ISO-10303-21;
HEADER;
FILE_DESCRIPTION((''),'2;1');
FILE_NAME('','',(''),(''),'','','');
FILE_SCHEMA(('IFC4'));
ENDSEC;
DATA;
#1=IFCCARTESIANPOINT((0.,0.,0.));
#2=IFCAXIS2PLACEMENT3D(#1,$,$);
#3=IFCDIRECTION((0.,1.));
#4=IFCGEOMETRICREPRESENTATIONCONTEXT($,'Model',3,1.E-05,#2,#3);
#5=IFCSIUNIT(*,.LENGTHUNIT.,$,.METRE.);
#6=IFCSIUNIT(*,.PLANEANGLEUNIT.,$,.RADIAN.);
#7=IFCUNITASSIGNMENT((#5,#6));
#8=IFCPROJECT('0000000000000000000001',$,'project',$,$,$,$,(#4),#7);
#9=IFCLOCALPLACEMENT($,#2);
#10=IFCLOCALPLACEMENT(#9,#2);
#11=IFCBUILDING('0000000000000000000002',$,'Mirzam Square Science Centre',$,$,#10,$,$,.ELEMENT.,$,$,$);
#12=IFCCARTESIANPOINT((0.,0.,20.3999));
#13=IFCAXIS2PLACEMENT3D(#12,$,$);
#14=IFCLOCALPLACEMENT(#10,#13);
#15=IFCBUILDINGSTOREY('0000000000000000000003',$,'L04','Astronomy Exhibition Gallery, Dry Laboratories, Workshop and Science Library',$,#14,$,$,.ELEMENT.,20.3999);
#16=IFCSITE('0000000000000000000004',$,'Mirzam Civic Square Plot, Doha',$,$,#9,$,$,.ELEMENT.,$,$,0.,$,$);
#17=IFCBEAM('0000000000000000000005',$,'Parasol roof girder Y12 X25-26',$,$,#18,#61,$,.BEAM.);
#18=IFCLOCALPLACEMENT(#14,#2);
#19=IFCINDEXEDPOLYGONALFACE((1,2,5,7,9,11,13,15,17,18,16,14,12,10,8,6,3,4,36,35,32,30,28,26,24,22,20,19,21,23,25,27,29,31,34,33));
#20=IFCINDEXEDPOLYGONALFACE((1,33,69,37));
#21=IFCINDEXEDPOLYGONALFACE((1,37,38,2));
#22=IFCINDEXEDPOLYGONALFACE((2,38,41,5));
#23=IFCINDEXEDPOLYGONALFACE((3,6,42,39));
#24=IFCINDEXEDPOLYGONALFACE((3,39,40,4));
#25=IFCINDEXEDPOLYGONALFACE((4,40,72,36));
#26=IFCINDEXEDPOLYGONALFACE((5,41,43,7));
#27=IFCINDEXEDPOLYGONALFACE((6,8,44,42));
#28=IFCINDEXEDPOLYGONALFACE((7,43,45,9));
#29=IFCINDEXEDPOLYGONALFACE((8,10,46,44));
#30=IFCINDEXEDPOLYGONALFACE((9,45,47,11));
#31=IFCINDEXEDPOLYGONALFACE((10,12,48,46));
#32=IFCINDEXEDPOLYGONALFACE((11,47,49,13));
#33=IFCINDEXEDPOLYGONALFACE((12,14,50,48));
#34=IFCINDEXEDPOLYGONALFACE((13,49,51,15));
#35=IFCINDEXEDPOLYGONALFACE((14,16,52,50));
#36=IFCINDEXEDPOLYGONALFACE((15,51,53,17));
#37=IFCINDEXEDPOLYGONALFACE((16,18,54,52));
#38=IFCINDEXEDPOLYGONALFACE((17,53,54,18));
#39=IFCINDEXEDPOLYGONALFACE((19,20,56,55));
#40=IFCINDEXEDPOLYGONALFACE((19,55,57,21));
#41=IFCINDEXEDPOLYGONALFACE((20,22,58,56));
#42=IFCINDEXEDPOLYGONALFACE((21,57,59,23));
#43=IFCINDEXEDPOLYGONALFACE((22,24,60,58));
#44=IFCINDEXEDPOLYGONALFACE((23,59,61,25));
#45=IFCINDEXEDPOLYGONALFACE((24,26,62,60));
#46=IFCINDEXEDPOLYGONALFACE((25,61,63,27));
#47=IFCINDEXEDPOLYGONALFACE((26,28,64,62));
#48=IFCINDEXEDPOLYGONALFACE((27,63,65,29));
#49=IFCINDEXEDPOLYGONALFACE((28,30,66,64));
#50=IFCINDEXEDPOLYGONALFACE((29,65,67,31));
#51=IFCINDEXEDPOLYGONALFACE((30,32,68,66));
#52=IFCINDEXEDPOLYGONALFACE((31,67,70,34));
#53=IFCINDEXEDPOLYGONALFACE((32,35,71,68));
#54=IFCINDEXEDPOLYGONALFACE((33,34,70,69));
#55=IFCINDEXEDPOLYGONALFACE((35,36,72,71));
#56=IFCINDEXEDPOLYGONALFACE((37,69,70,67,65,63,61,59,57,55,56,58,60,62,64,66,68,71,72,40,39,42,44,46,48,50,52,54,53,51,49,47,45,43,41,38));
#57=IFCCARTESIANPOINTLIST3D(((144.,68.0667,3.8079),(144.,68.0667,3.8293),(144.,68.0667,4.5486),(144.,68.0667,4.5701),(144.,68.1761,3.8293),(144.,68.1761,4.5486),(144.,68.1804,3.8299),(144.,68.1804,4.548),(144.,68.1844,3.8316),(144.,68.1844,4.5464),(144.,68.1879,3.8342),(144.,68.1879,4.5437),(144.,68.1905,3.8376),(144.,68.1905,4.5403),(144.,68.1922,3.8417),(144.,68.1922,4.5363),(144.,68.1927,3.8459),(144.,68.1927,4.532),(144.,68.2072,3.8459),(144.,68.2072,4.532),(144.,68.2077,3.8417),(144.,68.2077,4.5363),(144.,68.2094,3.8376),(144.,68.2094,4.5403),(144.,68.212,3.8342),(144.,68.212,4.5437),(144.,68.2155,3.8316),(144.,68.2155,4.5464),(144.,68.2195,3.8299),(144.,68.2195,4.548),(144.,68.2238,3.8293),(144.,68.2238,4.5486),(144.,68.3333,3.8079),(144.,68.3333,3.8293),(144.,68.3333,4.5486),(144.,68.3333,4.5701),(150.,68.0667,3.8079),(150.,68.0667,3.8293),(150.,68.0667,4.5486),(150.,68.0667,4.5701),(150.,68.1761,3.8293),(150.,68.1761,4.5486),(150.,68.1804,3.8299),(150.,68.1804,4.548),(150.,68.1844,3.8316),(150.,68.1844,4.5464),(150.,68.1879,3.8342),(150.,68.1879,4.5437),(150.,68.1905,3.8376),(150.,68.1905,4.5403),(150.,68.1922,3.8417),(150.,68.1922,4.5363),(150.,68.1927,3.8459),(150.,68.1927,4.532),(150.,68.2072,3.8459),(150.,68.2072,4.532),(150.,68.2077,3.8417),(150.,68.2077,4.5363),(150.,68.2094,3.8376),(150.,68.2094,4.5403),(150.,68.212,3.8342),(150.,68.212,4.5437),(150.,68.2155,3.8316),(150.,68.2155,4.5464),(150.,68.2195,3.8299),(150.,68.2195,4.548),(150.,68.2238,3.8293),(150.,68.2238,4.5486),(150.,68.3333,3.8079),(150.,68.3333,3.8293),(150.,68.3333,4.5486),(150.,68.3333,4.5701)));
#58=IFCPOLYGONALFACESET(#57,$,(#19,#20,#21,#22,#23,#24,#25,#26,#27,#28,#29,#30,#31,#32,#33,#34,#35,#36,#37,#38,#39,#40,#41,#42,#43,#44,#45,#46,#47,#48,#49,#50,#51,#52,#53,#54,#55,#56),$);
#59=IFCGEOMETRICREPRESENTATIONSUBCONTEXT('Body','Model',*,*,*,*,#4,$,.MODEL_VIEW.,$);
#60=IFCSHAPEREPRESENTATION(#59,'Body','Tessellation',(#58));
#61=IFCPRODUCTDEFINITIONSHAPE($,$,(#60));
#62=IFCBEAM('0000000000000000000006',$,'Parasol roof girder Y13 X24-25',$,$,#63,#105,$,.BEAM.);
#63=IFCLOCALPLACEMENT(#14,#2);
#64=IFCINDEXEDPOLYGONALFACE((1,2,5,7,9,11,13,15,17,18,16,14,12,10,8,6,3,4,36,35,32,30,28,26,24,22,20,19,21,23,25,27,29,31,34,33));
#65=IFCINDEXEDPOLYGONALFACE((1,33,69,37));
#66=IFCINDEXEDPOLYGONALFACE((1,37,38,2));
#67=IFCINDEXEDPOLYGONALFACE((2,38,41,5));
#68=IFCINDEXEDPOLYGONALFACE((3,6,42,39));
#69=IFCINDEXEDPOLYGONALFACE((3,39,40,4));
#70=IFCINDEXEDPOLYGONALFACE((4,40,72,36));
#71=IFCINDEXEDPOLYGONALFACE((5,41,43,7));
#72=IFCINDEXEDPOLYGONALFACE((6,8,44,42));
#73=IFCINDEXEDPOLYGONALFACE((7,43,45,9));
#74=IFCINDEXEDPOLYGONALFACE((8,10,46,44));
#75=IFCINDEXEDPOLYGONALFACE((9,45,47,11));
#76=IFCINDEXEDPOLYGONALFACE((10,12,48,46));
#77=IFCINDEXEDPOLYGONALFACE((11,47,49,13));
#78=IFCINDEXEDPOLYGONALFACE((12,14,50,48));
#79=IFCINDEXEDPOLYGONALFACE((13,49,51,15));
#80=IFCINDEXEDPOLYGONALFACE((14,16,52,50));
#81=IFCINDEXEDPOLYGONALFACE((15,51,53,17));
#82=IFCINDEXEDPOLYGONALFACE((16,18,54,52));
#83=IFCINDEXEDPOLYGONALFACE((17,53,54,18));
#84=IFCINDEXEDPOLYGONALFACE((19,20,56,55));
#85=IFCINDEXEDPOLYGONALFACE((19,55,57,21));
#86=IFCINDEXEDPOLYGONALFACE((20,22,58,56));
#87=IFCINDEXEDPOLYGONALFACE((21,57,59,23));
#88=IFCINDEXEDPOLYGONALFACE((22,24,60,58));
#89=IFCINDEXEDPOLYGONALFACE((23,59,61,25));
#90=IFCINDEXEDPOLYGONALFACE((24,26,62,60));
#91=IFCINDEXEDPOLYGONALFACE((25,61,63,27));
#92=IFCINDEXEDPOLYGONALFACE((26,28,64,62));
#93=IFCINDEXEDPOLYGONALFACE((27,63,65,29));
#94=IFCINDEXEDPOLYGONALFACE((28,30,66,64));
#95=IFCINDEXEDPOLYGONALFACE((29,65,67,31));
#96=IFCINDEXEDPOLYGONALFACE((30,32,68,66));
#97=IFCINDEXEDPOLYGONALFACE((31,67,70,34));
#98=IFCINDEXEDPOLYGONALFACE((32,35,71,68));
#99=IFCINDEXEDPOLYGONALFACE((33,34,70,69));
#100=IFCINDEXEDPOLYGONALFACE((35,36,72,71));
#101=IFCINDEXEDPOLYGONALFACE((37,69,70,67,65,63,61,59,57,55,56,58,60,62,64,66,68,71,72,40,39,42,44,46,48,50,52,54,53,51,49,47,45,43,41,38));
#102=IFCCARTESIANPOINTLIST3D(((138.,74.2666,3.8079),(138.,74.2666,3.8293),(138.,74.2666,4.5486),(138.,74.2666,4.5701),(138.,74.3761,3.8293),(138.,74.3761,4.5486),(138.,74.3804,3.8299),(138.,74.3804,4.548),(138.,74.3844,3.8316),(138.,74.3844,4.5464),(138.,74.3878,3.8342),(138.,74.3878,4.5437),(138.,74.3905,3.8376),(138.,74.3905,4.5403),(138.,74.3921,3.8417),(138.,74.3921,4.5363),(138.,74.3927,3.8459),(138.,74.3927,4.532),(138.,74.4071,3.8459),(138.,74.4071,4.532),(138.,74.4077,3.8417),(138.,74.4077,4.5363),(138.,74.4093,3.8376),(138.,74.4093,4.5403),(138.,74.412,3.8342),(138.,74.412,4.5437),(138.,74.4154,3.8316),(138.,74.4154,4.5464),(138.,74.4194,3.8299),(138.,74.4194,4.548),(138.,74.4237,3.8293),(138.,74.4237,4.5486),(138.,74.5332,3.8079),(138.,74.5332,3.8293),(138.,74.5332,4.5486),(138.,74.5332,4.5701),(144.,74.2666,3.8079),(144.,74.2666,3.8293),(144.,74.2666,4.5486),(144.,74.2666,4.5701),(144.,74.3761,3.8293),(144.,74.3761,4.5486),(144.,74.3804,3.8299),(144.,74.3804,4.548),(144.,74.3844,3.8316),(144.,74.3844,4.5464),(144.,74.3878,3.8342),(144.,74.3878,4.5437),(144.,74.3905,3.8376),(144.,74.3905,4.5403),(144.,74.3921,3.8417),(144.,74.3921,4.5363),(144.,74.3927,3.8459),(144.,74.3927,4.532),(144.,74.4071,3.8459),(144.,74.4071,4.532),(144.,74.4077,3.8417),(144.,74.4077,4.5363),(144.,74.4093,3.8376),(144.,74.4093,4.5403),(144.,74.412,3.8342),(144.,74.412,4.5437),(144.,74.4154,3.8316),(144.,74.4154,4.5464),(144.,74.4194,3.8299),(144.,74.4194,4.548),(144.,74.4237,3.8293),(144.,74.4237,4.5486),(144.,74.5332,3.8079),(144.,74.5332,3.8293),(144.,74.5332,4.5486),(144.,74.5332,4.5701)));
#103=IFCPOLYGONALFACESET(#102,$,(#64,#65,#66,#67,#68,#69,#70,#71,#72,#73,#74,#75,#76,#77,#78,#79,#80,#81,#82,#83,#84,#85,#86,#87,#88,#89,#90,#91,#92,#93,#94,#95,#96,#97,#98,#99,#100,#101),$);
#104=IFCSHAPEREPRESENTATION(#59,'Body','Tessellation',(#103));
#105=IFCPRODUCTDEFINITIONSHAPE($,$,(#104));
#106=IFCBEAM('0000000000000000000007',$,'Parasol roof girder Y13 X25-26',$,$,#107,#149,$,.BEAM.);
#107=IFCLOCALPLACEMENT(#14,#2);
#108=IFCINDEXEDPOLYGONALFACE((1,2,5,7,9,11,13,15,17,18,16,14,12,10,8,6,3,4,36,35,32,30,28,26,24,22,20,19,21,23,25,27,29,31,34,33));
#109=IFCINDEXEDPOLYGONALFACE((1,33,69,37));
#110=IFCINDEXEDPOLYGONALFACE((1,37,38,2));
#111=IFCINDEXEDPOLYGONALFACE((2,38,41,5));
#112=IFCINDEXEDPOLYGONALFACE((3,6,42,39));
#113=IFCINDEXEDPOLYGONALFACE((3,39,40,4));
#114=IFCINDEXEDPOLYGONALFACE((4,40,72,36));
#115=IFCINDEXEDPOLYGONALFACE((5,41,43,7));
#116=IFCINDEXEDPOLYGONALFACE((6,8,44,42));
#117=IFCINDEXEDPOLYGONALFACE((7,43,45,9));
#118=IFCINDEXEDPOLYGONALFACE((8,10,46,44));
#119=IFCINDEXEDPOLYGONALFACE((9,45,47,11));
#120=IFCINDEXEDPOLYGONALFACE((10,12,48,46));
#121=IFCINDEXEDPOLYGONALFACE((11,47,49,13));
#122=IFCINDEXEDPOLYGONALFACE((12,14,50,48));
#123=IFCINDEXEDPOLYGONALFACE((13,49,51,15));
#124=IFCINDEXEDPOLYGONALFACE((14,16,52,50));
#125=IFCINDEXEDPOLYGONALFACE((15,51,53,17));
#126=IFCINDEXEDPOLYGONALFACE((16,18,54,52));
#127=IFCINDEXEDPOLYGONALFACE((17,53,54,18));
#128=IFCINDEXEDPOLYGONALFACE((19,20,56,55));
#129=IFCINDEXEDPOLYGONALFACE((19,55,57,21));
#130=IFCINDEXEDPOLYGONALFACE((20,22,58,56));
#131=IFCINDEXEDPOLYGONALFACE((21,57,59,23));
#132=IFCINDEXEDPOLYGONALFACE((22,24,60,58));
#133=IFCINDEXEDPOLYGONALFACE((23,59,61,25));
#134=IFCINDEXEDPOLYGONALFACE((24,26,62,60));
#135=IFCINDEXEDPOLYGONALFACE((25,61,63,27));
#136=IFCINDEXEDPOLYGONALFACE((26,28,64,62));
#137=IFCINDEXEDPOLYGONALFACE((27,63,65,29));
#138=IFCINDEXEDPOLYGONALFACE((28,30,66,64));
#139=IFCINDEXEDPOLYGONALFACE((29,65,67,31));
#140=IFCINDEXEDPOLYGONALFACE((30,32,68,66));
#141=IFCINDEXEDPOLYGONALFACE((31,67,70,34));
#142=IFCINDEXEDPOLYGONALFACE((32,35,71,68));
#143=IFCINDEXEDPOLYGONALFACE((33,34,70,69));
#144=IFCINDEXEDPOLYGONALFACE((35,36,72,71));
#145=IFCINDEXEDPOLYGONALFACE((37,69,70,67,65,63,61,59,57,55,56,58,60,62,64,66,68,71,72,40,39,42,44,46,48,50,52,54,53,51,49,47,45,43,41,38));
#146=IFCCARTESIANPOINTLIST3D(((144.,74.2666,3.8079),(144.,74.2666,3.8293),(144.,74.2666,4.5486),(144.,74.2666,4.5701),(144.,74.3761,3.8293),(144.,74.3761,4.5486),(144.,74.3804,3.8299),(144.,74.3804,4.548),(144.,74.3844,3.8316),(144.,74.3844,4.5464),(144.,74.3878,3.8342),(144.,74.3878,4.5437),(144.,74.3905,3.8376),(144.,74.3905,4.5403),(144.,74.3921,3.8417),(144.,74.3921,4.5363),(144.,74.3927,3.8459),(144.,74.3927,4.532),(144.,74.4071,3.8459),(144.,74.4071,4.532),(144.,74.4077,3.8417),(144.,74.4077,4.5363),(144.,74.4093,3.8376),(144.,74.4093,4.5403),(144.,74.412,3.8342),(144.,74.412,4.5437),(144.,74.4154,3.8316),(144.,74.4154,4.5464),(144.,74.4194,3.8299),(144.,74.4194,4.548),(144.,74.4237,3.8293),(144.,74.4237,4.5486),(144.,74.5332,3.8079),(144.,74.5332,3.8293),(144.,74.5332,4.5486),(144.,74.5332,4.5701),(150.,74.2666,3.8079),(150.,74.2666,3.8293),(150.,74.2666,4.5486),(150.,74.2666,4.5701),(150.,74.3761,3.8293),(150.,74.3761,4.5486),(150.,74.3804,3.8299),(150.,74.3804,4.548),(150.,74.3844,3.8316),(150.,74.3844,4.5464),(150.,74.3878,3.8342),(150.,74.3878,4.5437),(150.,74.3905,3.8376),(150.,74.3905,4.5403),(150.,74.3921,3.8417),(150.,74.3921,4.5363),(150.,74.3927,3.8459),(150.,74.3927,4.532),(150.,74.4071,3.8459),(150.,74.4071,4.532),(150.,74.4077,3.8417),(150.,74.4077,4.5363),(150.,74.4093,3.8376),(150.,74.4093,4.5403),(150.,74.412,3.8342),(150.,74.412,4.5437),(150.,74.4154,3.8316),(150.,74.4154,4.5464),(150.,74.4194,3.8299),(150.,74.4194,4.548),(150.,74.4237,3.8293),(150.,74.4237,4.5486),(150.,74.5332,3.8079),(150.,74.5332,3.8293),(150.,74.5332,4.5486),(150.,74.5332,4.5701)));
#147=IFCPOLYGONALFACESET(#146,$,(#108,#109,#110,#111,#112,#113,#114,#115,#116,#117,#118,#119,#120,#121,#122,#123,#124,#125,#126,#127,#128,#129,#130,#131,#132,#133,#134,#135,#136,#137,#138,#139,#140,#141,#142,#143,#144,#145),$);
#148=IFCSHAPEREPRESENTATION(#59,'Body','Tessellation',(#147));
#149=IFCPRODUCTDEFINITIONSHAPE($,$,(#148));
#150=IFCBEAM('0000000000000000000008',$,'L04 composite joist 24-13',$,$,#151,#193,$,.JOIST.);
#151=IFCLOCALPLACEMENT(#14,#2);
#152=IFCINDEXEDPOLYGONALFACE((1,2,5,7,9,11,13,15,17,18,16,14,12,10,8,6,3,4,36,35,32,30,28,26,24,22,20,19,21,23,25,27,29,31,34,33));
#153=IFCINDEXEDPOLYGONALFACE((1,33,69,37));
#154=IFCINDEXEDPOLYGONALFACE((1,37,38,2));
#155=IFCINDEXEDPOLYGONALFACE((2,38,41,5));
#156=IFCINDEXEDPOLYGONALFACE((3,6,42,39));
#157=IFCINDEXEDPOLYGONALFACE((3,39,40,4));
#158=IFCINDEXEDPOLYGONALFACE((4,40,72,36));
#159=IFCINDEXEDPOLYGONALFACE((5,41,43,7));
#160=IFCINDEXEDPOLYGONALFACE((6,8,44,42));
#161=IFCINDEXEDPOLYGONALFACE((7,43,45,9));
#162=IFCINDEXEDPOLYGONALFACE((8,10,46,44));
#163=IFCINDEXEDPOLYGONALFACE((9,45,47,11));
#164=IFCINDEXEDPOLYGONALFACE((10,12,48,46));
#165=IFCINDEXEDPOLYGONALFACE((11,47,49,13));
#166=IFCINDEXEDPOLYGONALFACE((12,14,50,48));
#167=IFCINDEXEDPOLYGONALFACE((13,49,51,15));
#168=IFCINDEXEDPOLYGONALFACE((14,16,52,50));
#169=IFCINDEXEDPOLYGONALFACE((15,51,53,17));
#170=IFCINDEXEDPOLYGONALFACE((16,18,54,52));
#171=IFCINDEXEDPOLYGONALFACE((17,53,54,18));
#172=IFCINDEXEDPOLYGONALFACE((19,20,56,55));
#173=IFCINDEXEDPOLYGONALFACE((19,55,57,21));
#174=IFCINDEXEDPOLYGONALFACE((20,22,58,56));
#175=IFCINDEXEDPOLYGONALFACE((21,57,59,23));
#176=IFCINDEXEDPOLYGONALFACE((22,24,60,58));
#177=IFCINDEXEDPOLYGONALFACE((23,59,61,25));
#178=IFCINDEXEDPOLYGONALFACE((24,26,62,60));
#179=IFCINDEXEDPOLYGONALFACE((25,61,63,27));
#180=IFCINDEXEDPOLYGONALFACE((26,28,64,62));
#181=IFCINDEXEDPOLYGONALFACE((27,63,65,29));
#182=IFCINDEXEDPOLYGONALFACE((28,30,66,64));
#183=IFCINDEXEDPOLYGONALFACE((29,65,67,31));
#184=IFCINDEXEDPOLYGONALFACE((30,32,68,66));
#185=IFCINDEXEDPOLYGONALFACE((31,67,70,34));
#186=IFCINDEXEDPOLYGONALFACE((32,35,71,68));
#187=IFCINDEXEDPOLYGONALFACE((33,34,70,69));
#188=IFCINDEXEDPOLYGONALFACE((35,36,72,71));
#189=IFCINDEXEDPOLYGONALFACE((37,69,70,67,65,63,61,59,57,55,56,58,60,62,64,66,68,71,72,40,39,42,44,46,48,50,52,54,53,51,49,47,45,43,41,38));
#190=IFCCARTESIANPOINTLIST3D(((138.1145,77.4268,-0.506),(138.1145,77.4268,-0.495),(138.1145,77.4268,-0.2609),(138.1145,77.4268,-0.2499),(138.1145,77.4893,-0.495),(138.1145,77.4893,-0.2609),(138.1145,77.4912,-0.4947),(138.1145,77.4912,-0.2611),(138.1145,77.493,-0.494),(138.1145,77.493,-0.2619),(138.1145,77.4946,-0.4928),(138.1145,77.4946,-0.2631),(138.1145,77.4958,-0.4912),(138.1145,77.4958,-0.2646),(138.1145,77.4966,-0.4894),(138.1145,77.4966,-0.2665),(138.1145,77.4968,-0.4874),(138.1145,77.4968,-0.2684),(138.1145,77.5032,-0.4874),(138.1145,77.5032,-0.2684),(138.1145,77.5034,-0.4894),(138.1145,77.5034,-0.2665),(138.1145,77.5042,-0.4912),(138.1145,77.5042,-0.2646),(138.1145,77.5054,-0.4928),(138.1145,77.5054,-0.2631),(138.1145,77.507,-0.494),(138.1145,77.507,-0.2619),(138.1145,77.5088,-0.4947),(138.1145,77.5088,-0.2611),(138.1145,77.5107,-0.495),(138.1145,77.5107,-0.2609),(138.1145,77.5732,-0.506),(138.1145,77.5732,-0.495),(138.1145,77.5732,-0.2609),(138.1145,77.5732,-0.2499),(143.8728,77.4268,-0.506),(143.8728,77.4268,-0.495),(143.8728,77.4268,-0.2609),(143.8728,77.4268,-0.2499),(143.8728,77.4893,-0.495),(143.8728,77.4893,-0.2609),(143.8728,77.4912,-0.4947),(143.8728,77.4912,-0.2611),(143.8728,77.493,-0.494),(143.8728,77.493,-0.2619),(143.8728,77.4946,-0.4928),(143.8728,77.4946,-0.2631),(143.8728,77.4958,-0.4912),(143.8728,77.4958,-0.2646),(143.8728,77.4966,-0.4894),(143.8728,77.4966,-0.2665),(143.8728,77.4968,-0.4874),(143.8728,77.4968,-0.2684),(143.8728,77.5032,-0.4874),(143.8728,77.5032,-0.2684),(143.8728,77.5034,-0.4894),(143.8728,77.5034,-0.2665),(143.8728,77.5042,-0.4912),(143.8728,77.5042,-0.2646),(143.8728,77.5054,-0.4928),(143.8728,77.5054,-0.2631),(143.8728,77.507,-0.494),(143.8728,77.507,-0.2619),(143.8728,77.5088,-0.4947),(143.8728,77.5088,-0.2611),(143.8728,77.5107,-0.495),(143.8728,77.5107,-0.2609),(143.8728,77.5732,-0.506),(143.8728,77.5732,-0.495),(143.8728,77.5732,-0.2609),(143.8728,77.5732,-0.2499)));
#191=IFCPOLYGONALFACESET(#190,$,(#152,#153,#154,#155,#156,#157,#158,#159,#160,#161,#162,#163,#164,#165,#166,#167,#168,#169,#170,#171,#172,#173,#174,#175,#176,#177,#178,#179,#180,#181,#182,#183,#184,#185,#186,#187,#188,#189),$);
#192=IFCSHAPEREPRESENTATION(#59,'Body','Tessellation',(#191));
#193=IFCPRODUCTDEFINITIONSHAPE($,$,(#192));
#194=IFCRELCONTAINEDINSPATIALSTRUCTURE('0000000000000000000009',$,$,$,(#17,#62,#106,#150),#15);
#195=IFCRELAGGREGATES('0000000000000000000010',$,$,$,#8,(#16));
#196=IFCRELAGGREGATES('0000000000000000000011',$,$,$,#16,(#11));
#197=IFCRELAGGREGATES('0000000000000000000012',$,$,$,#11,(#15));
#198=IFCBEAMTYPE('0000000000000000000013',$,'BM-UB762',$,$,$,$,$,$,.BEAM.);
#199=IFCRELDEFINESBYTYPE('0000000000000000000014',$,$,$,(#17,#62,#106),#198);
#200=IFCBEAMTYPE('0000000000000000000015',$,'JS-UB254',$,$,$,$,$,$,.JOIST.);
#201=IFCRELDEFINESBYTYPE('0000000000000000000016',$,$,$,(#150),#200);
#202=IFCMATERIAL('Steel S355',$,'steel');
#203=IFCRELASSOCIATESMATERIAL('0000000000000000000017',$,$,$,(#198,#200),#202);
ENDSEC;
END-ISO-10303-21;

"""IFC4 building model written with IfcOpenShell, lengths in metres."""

from ifc_helpers import new_model, si_unit, direction, frame, origin, origin_2d, place, context, subcontext, project, spatial, i_section, extrude, material, material_profile, profile_set, type_object, element, save


model = new_model("IFC4")

# Units and contexts
model_context = context("Model", 3, precision=1e-05, world=origin(), true_north=direction((0.0, 1.0)))
body_context = subcontext(model_context, "Body", "Model", "MODEL_VIEW")
ifc_project = project(units=[si_unit("LENGTHUNIT", "METRE"), si_unit("PLANEANGLEUNIT", "RADIAN")], contexts=[model_context])

# Site, building, storey
site_placement = place(None, origin())
site = spatial("IfcSite", under=ifc_project, at=site_placement, Name="Mirzam Civic Square Plot, Doha", CompositionType="ELEMENT", RefElevation=0.0)
building_placement = place(site_placement, origin())
building = spatial("IfcBuilding", under=site, at=building_placement, Name="Mirzam Square Science Centre", CompositionType="ELEMENT")
storey_placement = place(building_placement, frame((0.0, 0.0, 20.3999)))
storey = spatial("IfcBuildingStorey", under=building, at=storey_placement, Name="L04", Description="Astronomy Exhibition Gallery, Dry Laboratories, Workshop and Science Library", CompositionType="ELEMENT", Elevation=20.3999)

# Shared definitions
ifc_material = material(Name="Steel S355", Category="steel")

# Beams
ifc_material_profile_1 = material_profile(ifc_material, i_section(OverallWidth=0.2666, OverallDepth=0.7622, WebThickness=0.0144, FlangeThickness=0.0215, FilletRadius=0.0166, at=origin_2d()), Name="762x267x173UB")
ifc_profile_set_1 = profile_set([ifc_material_profile_1], Name="Steel S355")
beam_type_1 = type_object("IfcBeamType", Name="BM-UB762", PredefinedType="BEAM", material=ifc_profile_set_1)
for number, where, z_axis, x_axis, name in (
    (1, (144.0, 68.2, 4.189), (1.0, 0.0, 0.0), (0.0, 1.0, 0.0), "Parasol roof girder Y12 X25-26"),
    (2, (138.0, 74.3999, 4.189), (1.0, 0.0, 0.0), (0.0, 1.0, 0.0), "Parasol roof girder Y13 X24-25"),
    (3, (144.0, 74.3999, 4.189), (1.0, 0.0, 0.0), (0.0, 1.0, 0.0), "Parasol roof girder Y13 X25-26"),
):
    element("IfcBeam", number, at=place(storey_placement, frame(where, z_axis=z_axis, x_axis=x_axis)), inside=storey, type_object=beam_type_1, Name=name, PredefinedType="BEAM", context=body_context, shape_type="SweptSolid", body=[
        extrude(i_section(OverallWidth=0.2666, OverallDepth=0.7622, WebThickness=0.0144, FlangeThickness=0.0215, FilletRadius=0.0166, at=origin_2d()), origin(), (0.0, 0.0, 1.0), 6.0),
    ])
ifc_material_profile_2 = material_profile(ifc_material, i_section(OverallWidth=0.1465, OverallDepth=0.2561, WebThickness=0.0063, FlangeThickness=0.011, FilletRadius=0.0076, at=origin_2d()), Name="254x146x37UB")
ifc_profile_set_2 = profile_set([ifc_material_profile_2], Name="Steel S355")
beam_type_2 = type_object("IfcBeamType", Name="JS-UB254", PredefinedType="JOIST", material=ifc_profile_set_2)
beam_1_placement = place(storey_placement, frame((138.1145, 77.5, -0.3779), z_axis=(1.0, 0.0, 0.0), x_axis=(0.0, 1.0, 0.0)))
element("IfcBeam", 4, at=beam_1_placement, inside=storey, type_object=beam_type_2, Name="L04 composite joist 24-13", PredefinedType="JOIST", context=body_context, shape_type="SweptSolid", body=[
    extrude(i_section(OverallWidth=0.1465, OverallDepth=0.2561, WebThickness=0.0063, FlangeThickness=0.011, FilletRadius=0.0076, at=origin_2d()), origin(), (0.0, 0.0, 1.0), 5.7583),
])

save(model, "model.ifc")
